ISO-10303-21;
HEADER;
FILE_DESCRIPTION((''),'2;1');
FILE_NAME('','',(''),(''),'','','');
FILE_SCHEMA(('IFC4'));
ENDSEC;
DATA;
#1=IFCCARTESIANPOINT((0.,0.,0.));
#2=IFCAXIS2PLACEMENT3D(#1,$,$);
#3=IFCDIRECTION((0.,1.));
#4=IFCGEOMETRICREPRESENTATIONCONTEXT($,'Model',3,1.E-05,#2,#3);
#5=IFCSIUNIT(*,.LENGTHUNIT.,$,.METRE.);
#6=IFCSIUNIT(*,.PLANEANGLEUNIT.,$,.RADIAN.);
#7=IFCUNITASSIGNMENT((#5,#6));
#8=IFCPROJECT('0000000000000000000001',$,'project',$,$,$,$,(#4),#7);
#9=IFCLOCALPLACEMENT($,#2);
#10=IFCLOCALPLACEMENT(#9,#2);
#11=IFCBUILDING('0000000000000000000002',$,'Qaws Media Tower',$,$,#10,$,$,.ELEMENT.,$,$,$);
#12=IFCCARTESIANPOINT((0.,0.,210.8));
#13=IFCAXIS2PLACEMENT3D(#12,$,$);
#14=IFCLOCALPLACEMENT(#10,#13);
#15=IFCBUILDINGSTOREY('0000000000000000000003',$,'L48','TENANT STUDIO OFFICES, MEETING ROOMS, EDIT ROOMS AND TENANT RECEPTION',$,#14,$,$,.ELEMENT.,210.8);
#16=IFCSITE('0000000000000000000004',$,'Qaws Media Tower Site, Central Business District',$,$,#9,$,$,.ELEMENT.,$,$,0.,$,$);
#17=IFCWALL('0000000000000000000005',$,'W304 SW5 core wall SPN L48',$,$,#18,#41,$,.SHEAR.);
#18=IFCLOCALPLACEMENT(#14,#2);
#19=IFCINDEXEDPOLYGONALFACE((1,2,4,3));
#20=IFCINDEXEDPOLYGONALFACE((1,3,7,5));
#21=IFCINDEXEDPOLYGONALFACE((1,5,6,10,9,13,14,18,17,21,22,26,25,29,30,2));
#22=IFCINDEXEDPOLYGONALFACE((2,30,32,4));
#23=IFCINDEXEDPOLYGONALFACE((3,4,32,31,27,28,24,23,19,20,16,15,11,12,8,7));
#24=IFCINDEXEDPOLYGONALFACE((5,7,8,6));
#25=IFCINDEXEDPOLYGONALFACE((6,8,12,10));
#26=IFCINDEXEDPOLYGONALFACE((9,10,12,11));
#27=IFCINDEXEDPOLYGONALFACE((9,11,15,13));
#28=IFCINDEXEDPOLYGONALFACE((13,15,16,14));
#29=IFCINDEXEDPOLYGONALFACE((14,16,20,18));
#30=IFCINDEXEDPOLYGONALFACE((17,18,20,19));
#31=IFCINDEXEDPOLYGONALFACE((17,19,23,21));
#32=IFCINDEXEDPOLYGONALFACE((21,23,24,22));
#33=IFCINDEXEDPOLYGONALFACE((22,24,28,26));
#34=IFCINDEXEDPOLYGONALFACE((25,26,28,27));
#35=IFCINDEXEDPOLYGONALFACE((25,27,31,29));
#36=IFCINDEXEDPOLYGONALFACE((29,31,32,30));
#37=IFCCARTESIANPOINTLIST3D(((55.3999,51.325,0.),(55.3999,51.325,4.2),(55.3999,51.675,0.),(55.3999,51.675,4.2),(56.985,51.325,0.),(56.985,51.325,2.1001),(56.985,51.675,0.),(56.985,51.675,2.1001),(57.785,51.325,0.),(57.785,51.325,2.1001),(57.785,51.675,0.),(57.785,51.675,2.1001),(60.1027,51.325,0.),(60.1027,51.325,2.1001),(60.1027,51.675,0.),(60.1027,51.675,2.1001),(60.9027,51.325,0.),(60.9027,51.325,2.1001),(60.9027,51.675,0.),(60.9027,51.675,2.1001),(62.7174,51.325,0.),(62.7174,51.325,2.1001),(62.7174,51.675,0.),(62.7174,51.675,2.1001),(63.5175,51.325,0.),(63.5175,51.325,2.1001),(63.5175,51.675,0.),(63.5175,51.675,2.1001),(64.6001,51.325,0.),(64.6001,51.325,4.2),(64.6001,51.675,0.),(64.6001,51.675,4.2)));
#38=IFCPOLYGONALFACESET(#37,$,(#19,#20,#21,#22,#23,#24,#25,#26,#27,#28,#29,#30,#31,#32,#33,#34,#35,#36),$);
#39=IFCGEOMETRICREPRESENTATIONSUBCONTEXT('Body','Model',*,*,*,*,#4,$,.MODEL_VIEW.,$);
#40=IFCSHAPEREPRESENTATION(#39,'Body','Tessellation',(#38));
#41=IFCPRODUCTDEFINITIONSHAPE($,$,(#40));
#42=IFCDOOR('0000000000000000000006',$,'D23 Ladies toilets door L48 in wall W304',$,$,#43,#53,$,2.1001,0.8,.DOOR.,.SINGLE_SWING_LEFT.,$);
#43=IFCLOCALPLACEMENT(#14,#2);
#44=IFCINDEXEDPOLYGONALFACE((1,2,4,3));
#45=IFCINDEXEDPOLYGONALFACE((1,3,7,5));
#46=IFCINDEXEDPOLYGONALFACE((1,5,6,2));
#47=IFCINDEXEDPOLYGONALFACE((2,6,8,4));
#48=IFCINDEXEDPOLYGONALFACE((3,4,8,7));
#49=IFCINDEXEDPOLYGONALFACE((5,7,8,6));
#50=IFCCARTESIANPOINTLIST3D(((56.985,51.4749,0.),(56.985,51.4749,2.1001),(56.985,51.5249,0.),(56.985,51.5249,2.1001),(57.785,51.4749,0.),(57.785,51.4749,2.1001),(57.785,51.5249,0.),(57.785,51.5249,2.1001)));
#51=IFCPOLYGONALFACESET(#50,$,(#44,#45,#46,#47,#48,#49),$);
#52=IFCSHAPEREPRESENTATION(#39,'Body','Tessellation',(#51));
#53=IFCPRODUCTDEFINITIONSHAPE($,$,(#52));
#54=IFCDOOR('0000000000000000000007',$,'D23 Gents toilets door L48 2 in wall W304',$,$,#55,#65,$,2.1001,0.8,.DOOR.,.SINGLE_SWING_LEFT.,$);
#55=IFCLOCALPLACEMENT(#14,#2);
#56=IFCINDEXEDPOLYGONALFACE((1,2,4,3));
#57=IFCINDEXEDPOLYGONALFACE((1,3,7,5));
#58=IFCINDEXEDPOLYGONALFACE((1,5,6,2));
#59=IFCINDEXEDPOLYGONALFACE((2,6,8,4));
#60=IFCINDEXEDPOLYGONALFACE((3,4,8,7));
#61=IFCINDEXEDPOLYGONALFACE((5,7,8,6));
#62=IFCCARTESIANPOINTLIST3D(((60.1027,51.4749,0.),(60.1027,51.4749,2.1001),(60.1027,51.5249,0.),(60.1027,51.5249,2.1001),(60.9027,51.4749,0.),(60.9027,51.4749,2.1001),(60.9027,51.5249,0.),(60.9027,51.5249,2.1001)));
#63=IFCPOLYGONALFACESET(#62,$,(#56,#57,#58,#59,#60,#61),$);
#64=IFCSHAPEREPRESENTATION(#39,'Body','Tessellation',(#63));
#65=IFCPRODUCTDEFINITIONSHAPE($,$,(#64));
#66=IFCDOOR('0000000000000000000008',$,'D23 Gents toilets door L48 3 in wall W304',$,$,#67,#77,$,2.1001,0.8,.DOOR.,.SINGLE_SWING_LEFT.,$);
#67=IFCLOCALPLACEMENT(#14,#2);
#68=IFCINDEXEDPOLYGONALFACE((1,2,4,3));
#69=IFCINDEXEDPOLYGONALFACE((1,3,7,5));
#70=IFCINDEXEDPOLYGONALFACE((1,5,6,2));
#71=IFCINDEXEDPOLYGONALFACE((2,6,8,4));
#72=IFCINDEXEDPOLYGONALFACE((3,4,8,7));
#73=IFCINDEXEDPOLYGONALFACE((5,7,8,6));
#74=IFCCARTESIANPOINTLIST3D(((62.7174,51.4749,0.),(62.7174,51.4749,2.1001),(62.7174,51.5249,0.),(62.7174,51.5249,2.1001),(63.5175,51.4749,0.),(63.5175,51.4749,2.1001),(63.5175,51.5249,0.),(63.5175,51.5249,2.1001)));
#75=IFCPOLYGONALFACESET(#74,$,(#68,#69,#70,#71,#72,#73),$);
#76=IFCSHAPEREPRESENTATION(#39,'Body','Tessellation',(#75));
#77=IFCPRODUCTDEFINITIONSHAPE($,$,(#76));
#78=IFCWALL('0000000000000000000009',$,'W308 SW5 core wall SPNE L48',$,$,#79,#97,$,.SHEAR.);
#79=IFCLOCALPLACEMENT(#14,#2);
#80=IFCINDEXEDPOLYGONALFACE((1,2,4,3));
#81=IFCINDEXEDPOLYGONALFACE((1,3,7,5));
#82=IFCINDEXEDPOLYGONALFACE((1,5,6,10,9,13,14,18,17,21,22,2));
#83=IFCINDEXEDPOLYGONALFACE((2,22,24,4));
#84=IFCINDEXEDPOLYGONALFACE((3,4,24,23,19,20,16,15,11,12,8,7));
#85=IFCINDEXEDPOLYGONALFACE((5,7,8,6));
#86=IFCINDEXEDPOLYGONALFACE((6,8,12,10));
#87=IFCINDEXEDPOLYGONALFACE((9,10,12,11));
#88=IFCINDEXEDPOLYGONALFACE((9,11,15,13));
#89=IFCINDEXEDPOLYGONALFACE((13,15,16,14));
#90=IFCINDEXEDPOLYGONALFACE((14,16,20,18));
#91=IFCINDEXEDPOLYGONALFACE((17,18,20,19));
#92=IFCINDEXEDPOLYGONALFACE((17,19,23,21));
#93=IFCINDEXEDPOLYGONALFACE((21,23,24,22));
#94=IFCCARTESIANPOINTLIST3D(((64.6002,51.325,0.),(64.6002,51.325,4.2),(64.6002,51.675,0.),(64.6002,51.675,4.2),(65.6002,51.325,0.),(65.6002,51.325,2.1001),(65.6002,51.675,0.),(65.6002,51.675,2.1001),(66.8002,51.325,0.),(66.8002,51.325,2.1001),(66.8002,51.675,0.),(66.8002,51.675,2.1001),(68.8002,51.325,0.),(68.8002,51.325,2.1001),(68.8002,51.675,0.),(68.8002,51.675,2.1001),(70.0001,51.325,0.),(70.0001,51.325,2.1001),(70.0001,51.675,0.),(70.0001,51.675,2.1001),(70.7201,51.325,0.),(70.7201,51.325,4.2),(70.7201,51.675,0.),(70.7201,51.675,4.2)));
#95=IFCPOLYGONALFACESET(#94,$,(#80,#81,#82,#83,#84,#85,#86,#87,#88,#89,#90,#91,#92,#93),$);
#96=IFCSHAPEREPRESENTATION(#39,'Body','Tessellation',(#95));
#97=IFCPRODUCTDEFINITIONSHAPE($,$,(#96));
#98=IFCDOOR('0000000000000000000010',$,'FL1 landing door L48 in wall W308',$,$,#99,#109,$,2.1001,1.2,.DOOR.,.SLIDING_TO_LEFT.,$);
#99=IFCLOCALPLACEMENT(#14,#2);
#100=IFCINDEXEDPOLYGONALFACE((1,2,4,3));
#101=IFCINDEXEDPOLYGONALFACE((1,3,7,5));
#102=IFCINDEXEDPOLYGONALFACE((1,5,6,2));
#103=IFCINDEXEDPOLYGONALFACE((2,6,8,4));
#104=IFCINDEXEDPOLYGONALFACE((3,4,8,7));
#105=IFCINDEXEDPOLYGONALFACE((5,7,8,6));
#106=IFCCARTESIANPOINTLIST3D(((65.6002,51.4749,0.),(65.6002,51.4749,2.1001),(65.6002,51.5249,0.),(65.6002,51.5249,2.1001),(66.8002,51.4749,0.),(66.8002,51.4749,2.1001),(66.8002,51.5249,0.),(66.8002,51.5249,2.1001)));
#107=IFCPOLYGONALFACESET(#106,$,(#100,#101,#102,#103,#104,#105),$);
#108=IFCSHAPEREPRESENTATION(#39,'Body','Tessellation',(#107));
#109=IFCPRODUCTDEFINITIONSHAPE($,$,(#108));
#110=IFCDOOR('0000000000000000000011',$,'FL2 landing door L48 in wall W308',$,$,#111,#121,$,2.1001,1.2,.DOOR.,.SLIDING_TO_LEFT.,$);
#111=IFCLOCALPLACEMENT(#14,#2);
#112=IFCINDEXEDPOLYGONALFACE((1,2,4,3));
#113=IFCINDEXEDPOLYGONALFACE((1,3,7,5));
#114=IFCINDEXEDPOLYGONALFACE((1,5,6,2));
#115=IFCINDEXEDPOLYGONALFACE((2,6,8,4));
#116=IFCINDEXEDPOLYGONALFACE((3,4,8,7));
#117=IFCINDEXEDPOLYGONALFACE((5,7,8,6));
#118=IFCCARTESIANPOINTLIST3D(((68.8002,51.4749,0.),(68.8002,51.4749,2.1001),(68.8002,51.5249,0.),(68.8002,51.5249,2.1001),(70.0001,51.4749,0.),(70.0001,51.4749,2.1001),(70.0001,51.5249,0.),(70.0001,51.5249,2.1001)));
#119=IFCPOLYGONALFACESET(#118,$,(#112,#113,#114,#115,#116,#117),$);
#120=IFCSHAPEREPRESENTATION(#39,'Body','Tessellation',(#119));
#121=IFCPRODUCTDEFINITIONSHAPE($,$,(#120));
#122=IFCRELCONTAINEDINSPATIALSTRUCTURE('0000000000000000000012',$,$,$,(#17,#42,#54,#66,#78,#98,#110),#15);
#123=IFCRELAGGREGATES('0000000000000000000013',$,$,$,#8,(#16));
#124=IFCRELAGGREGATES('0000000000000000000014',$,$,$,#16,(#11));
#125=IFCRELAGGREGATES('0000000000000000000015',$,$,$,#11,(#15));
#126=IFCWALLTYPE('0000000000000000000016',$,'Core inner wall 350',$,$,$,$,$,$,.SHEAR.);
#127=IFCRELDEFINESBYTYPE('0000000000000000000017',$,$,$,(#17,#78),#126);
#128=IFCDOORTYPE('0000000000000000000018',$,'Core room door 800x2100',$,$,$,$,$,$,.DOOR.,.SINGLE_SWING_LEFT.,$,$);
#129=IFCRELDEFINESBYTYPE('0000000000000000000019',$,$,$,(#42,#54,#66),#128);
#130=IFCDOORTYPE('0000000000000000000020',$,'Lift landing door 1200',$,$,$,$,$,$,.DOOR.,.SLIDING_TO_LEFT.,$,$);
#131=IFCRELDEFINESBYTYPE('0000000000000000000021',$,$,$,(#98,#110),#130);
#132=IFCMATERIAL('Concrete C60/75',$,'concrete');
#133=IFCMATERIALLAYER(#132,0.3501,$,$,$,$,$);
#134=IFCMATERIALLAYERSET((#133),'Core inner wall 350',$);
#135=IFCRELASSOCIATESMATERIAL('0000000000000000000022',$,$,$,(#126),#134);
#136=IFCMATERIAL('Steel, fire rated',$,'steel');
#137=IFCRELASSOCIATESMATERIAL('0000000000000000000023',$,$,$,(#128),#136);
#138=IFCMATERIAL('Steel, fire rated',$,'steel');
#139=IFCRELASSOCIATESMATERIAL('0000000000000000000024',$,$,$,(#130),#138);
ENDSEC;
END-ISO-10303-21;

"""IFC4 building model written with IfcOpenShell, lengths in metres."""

from ifc_helpers import new_model, si_unit, direction, frame, frame_2d, origin, place, context, subcontext, project, spatial, rectangle, extrude, material, layer, layer_set, type_object, element, fill, save


model = new_model("IFC4")

# Units and contexts
model_context = context("Model", 3, precision=1e-05, world=origin(), true_north=direction((0.0, 1.0)))
body_context = subcontext(model_context, "Body", "Model", "MODEL_VIEW")
ifc_project = project(units=[si_unit("LENGTHUNIT", "METRE"), si_unit("PLANEANGLEUNIT", "RADIAN")], contexts=[model_context])

# Site, building, storey
site_placement = place(None, origin())
site = spatial("IfcSite", under=ifc_project, at=site_placement, Name="Qaws Media Tower Site, Central Business District", CompositionType="ELEMENT", RefElevation=0.0)
building_placement = place(site_placement, origin())
building = spatial("IfcBuilding", under=site, at=building_placement, Name="Qaws Media Tower", CompositionType="ELEMENT")
storey_placement = place(building_placement, frame((0.0, 0.0, 210.8)))
storey = spatial("IfcBuildingStorey", under=building, at=storey_placement, Name="L48", Description="TENANT STUDIO OFFICES, MEETING ROOMS, EDIT ROOMS AND TENANT RECEPTION", CompositionType="ELEMENT", Elevation=210.8)

# Walls, openings, doors
ifc_material_1 = material(Name="Concrete C60/75", Category="concrete")
ifc_layer_1 = layer(ifc_material_1, 0.3501)
ifc_layer_set_1 = layer_set([ifc_layer_1], Name="Core inner wall 350")
wall_type_1 = type_object("IfcWallType", Name="Core inner wall 350", PredefinedType="SHEAR", material=ifc_layer_set_1)
wall_1_placement = place(storey_placement, frame((55.3999, 51.5, 0.0), z_axis=(0.0, 0.0, 1.0), x_axis=(1.0, 0.0, 0.0)))
wall_1 = element("IfcWall", 1, at=wall_1_placement, inside=storey, type_object=wall_type_1, Name="W304 SW5 core wall SPN L48", PredefinedType="SHEAR", context=body_context, shape_type="SweptSolid", body=[
    extrude(rectangle(XDim=9.2002, YDim=0.3501, at=frame_2d((4.6001, 0.0))), origin(), (0.0, 0.0, 1.0), 4.2),
])
opening_1_placement = place(wall_1_placement, frame((1.5852, 0.0, 0.0)))
opening_1 = element("IfcOpeningElement", 2, at=opening_1_placement, cuts=wall_1, PredefinedType="OPENING", context=body_context, shape_type="SweptSolid", body=[
    extrude(rectangle(XDim=0.8, YDim=2.1001, at=frame_2d((0.3999, 1.05))), frame((0.0, 0.1851, 0.0), z_axis=(0.0, -1.0, 0.0), x_axis=(1.0, 0.0, 0.0)), (0.0, 0.0, 1.0), 0.3701),
])
opening_2_placement = place(wall_1_placement, frame((4.7029, 0.0, 0.0)))
opening_2 = element("IfcOpeningElement", 3, at=opening_2_placement, cuts=wall_1, PredefinedType="OPENING", context=body_context, shape_type="SweptSolid", body=[
    extrude(rectangle(XDim=0.8, YDim=2.1001, at=frame_2d((0.3999, 1.05))), frame((0.0, 0.1851, 0.0), z_axis=(0.0, -1.0, 0.0), x_axis=(1.0, 0.0, 0.0)), (0.0, 0.0, 1.0), 0.3701),
])
opening_3_placement = place(wall_1_placement, frame((7.3176, 0.0, 0.0)))
opening_3 = element("IfcOpeningElement", 4, at=opening_3_placement, cuts=wall_1, PredefinedType="OPENING", context=body_context, shape_type="SweptSolid", body=[
    extrude(rectangle(XDim=0.8, YDim=2.1001, at=frame_2d((0.3999, 1.05))), frame((0.0, 0.1851, 0.0), z_axis=(0.0, -1.0, 0.0), x_axis=(1.0, 0.0, 0.0)), (0.0, 0.0, 1.0), 0.3701),
])
ifc_material_2 = material(Name="Steel, fire rated", Category="steel")
door_type_1 = type_object("IfcDoorType", Name="Core room door 800x2100", OperationType="SINGLE_SWING_LEFT", PredefinedType="DOOR", material=ifc_material_2)
door_1_placement = place(opening_1_placement, origin())
door_1 = element("IfcDoor", 5, at=door_1_placement, inside=storey, type_object=door_type_1, Name="D23 Ladies toilets door L48 in wall W304", OperationType="SINGLE_SWING_LEFT", OverallHeight=2.1001, OverallWidth=0.8, PredefinedType="DOOR", context=body_context, shape_type="SweptSolid", body=[
    extrude(rectangle(XDim=0.8, YDim=2.1001, at=frame_2d((0.3999, 1.05))), frame((0.0, 0.0249, 0.0), z_axis=(0.0, -1.0, 0.0), x_axis=(1.0, 0.0, 0.0)), (0.0, 0.0, 1.0), 0.05),
])
fill(opening_1, door_1)
door_2_placement = place(opening_2_placement, origin())
door_2 = element("IfcDoor", 6, at=door_2_placement, inside=storey, type_object=door_type_1, Name="D23 Gents toilets door L48 2 in wall W304", OperationType="SINGLE_SWING_LEFT", OverallHeight=2.1001, OverallWidth=0.8, PredefinedType="DOOR", context=body_context, shape_type="SweptSolid", body=[
    extrude(rectangle(XDim=0.8, YDim=2.1001, at=frame_2d((0.3999, 1.05))), frame((0.0, 0.0249, 0.0), z_axis=(0.0, -1.0, 0.0), x_axis=(1.0, 0.0, 0.0)), (0.0, 0.0, 1.0), 0.05),
])
fill(opening_2, door_2)
door_3_placement = place(opening_3_placement, origin())
door_3 = element("IfcDoor", 7, at=door_3_placement, inside=storey, type_object=door_type_1, Name="D23 Gents toilets door L48 3 in wall W304", OperationType="SINGLE_SWING_LEFT", OverallHeight=2.1001, OverallWidth=0.8, PredefinedType="DOOR", context=body_context, shape_type="SweptSolid", body=[
    extrude(rectangle(XDim=0.8, YDim=2.1001, at=frame_2d((0.3999, 1.05))), frame((0.0, 0.0249, 0.0), z_axis=(0.0, -1.0, 0.0), x_axis=(1.0, 0.0, 0.0)), (0.0, 0.0, 1.0), 0.05),
])
fill(opening_3, door_3)
wall_2_placement = place(storey_placement, frame((64.6001, 51.5, 0.0), z_axis=(0.0, 0.0, 1.0), x_axis=(1.0, 0.0, 0.0)))
wall_2 = element("IfcWall", 8, at=wall_2_placement, inside=storey, type_object=wall_type_1, Name="W308 SW5 core wall SPNE L48", PredefinedType="SHEAR", context=body_context, shape_type="SweptSolid", body=[
    extrude(rectangle(XDim=6.1199, YDim=0.3501, at=frame_2d((3.0601, 0.0))), origin(), (0.0, 0.0, 1.0), 4.2),
])
opening_4_placement = place(wall_2_placement, frame((1.0, 0.0, 0.0)))
opening_4 = element("IfcOpeningElement", 9, at=opening_4_placement, cuts=wall_2, PredefinedType="OPENING", context=body_context, shape_type="SweptSolid", body=[
    extrude(rectangle(XDim=1.2, YDim=2.1001, at=frame_2d((0.6001, 1.05))), frame((0.0, 0.1851, 0.0), z_axis=(0.0, -1.0, 0.0), x_axis=(1.0, 0.0, 0.0)), (0.0, 0.0, 1.0), 0.3701),
])
opening_5_placement = place(wall_2_placement, frame((4.2, 0.0, 0.0)))
opening_5 = element("IfcOpeningElement", 10, at=opening_5_placement, cuts=wall_2, PredefinedType="OPENING", context=body_context, shape_type="SweptSolid", body=[
    extrude(rectangle(XDim=1.2, YDim=2.1001, at=frame_2d((0.6001, 1.05))), frame((0.0, 0.1851, 0.0), z_axis=(0.0, -1.0, 0.0), x_axis=(1.0, 0.0, 0.0)), (0.0, 0.0, 1.0), 0.3701),
])
ifc_material_3 = material(Name="Steel, fire rated", Category="steel")
door_type_2 = type_object("IfcDoorType", Name="Lift landing door 1200", OperationType="SLIDING_TO_LEFT", PredefinedType="DOOR", material=ifc_material_3)
door_4_placement = place(opening_4_placement, origin())
door_4 = element("IfcDoor", 11, at=door_4_placement, inside=storey, type_object=door_type_2, Name="FL1 landing door L48 in wall W308", OperationType="SLIDING_TO_LEFT", OverallHeight=2.1001, OverallWidth=1.2, PredefinedType="DOOR", context=body_context, shape_type="SweptSolid", body=[
    extrude(rectangle(XDim=1.2, YDim=2.1001, at=frame_2d((0.6001, 1.05))), frame((0.0, 0.0249, 0.0), z_axis=(0.0, -1.0, 0.0), x_axis=(1.0, 0.0, 0.0)), (0.0, 0.0, 1.0), 0.05),
])
fill(opening_4, door_4)
door_5_placement = place(opening_5_placement, origin())
door_5 = element("IfcDoor", 12, at=door_5_placement, inside=storey, type_object=door_type_2, Name="FL2 landing door L48 in wall W308", OperationType="SLIDING_TO_LEFT", OverallHeight=2.1001, OverallWidth=1.2, PredefinedType="DOOR", context=body_context, shape_type="SweptSolid", body=[
    extrude(rectangle(XDim=1.2, YDim=2.1001, at=frame_2d((0.6001, 1.05))), frame((0.0, 0.0249, 0.0), z_axis=(0.0, -1.0, 0.0), x_axis=(1.0, 0.0, 0.0)), (0.0, 0.0, 1.0), 0.05),
])
fill(opening_5, door_5)

save(model, "model.ifc")
